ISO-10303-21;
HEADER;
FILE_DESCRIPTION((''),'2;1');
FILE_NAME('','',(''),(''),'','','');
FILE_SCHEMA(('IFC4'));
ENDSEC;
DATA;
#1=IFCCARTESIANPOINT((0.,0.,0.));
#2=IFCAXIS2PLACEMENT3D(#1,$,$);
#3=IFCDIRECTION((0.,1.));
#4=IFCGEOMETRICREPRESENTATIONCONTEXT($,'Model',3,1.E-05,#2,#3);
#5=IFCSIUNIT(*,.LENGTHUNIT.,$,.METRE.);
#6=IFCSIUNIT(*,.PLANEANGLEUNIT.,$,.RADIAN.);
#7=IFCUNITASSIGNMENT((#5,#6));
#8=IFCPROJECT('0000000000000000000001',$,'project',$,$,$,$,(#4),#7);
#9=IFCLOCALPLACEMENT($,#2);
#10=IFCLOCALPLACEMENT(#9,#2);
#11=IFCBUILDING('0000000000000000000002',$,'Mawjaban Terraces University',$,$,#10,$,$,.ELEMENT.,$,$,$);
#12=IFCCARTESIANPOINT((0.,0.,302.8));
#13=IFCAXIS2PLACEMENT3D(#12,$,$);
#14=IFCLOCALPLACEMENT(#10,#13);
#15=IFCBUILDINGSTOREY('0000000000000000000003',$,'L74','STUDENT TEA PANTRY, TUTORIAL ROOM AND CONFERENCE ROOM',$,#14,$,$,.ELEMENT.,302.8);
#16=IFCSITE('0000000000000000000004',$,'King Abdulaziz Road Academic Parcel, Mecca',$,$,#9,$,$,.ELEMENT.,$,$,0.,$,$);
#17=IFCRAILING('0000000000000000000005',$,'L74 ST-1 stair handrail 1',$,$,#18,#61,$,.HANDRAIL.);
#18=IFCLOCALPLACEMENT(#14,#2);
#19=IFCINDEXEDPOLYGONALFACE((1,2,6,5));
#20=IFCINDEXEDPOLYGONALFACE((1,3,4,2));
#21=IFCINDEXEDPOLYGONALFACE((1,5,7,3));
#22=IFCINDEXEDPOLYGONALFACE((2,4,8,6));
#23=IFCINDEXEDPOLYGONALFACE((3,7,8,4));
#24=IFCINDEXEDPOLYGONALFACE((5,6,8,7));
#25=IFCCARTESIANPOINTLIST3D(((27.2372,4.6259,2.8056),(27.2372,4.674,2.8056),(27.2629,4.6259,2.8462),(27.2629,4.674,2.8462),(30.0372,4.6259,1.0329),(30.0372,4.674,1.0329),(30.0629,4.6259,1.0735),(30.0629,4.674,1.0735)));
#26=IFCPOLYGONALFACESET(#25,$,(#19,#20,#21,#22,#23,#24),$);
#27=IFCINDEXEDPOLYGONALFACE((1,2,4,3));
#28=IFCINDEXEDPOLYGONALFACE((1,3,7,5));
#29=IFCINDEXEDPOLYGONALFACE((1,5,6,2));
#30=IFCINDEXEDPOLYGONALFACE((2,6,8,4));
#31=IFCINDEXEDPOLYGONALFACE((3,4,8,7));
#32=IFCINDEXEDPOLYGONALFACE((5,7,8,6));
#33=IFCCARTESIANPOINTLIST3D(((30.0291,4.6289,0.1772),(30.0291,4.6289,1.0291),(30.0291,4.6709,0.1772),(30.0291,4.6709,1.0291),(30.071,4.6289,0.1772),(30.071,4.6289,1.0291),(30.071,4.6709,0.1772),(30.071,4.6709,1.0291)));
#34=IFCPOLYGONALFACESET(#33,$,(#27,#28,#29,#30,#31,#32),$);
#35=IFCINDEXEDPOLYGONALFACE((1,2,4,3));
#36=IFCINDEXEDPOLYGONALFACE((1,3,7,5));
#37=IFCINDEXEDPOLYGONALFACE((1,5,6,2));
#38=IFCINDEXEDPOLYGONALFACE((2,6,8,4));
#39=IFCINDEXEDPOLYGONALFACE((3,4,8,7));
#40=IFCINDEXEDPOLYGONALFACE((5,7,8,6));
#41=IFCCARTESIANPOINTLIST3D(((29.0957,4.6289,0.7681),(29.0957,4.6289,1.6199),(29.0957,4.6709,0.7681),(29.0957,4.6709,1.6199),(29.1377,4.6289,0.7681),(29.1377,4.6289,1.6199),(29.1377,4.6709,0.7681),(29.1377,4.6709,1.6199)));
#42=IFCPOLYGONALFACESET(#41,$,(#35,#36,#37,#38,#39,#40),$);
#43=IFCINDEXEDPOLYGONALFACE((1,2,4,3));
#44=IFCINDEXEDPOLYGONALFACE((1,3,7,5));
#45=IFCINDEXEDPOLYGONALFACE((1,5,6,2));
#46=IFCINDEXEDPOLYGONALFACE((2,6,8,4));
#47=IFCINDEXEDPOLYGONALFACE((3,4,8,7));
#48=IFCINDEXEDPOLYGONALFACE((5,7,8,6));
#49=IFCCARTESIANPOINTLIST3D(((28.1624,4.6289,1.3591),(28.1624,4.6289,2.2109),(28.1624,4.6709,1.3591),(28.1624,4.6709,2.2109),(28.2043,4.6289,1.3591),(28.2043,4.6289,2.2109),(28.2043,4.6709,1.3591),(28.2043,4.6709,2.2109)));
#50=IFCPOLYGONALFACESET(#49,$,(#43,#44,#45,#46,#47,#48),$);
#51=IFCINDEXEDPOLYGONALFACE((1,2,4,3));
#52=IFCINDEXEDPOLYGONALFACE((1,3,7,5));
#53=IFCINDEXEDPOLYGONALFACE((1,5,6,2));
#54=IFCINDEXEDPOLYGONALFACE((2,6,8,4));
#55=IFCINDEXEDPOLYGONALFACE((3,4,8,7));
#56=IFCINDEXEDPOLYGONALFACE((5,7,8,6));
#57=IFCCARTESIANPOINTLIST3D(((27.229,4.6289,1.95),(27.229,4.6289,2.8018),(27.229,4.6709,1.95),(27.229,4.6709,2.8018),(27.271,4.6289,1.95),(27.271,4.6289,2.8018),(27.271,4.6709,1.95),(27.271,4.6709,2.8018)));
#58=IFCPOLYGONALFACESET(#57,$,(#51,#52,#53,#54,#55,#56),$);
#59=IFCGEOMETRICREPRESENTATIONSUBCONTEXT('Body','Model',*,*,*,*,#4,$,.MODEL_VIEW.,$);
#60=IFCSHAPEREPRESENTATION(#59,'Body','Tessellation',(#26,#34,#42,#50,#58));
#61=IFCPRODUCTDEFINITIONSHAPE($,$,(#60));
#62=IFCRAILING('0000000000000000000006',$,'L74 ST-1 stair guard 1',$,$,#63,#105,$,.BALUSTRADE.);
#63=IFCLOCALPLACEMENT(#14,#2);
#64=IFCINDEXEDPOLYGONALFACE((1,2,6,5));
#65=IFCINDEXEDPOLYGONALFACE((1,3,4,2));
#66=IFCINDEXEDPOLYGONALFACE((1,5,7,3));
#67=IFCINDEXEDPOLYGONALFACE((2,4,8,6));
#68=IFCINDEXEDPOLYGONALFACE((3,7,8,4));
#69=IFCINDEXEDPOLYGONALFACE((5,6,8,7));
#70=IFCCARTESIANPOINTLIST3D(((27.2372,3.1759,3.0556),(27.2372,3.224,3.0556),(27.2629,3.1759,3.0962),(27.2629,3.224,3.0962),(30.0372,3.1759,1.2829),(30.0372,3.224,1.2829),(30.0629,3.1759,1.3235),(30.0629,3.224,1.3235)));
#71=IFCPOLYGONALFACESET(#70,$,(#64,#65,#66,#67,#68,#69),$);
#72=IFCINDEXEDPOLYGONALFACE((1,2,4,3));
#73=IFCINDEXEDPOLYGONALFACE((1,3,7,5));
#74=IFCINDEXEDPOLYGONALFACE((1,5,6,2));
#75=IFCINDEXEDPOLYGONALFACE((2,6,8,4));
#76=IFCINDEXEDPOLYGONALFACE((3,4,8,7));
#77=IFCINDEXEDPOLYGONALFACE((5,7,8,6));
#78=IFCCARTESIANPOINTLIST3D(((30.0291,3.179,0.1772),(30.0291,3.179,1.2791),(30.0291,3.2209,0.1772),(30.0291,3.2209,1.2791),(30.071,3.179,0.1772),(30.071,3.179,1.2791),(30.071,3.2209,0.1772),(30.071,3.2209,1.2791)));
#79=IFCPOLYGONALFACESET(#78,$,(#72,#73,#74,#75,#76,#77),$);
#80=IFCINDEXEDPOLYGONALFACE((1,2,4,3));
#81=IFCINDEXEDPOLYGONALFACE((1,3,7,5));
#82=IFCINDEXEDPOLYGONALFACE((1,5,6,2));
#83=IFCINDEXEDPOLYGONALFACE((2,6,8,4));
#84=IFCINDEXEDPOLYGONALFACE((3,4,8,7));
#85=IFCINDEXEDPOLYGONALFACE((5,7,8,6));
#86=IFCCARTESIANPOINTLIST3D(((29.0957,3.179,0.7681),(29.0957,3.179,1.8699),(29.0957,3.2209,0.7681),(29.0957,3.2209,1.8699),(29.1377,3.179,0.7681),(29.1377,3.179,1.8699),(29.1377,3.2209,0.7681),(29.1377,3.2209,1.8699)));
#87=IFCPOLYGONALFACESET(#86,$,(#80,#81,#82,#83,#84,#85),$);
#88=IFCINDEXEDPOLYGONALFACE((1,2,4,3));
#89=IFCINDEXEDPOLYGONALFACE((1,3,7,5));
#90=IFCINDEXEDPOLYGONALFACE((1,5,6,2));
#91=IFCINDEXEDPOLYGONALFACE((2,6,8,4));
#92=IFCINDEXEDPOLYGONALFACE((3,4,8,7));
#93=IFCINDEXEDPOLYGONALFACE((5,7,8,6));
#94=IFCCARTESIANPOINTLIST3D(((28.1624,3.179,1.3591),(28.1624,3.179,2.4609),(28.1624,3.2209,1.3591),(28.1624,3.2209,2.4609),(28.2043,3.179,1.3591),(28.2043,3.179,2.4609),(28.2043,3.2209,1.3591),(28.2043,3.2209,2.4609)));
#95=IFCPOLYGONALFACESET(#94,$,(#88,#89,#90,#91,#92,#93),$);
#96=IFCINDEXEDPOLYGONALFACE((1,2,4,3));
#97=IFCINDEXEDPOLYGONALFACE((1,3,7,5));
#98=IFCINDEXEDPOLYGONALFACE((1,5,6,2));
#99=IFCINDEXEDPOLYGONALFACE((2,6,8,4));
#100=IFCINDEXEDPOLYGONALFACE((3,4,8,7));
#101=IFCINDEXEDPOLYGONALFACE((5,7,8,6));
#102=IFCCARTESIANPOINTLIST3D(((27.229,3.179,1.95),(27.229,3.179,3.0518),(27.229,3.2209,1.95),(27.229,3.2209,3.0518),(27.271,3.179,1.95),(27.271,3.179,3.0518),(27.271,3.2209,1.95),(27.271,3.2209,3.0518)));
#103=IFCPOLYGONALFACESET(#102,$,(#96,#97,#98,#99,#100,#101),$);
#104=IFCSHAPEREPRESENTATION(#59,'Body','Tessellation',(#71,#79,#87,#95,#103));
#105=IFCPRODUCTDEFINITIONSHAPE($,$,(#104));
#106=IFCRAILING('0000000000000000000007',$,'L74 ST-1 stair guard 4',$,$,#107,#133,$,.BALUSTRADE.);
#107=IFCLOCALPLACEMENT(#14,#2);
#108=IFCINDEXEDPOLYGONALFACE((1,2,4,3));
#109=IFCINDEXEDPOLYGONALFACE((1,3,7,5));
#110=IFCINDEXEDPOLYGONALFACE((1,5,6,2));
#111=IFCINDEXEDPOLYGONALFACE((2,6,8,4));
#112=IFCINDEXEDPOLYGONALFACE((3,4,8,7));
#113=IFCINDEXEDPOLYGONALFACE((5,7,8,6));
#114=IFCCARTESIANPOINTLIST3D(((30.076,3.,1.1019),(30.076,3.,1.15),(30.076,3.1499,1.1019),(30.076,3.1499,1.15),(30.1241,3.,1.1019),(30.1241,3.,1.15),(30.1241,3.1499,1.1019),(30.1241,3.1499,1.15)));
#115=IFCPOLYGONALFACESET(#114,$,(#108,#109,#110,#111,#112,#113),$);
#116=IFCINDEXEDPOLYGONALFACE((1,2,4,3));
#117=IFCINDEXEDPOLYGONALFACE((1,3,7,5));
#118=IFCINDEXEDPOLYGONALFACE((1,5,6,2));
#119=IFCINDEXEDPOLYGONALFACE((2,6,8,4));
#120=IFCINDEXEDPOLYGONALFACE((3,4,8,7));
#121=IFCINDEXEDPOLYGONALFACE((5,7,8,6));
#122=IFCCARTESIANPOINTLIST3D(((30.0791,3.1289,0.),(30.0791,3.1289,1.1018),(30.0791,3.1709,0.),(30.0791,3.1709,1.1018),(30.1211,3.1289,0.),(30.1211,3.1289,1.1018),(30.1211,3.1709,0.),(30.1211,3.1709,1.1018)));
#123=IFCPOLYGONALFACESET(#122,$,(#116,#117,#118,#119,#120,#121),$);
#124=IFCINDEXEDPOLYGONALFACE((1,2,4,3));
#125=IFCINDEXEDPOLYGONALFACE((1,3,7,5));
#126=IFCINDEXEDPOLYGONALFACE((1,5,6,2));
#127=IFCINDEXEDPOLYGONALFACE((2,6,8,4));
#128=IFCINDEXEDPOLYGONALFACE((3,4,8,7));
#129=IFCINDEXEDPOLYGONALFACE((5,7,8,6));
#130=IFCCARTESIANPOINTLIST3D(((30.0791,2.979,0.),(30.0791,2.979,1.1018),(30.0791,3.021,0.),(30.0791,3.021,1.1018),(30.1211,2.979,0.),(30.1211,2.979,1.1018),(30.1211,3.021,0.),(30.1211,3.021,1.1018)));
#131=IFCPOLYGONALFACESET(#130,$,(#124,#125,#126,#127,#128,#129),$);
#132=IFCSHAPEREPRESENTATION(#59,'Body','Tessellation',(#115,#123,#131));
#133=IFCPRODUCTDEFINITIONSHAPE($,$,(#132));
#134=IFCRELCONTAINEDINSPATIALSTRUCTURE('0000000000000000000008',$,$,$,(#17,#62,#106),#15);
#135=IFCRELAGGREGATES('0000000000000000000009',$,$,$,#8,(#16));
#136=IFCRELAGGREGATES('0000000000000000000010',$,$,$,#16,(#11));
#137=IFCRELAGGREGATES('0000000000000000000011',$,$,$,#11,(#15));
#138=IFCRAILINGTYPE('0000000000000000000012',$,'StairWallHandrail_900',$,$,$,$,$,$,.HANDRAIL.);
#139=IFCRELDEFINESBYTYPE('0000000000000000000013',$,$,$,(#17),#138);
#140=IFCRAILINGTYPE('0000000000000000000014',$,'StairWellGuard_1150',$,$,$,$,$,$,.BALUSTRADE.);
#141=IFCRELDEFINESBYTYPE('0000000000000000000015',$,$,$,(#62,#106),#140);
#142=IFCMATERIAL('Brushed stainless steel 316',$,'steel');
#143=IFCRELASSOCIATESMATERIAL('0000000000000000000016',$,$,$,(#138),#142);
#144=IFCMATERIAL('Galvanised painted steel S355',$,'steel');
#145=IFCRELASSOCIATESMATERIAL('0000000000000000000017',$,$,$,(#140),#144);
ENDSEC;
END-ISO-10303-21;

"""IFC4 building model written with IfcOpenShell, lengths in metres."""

from ifc_helpers import new_model, si_unit, direction, frame, origin, origin_2d, place, context, subcontext, project, spatial, rectangle, extrude, material, type_object, element, save


model = new_model("IFC4")

# Units and contexts
model_context = context("Model", 3, precision=1e-05, world=origin(), true_north=direction((0.0, 1.0)))
body_context = subcontext(model_context, "Body", "Model", "MODEL_VIEW")
ifc_project = project(units=[si_unit("LENGTHUNIT", "METRE"), si_unit("PLANEANGLEUNIT", "RADIAN")], contexts=[model_context])

# Site, building, storey
site_placement = place(None, origin())
site = spatial("IfcSite", under=ifc_project, at=site_placement, Name="King Abdulaziz Road Academic Parcel, Mecca", CompositionType="ELEMENT", RefElevation=0.0)
building_placement = place(site_placement, origin())
building = spatial("IfcBuilding", under=site, at=building_placement, Name="Mawjaban Terraces University", CompositionType="ELEMENT")
storey_placement = place(building_placement, frame((0.0, 0.0, 302.8)))
storey = spatial("IfcBuildingStorey", under=building, at=storey_placement, Name="L74", Description="STUDENT TEA PANTRY, TUTORIAL ROOM AND CONFERENCE ROOM", CompositionType="ELEMENT", Elevation=302.8)

# Railings
ifc_material_1 = material(Name="Brushed stainless steel 316", Category="steel")
railing_type_1 = type_object("IfcRailingType", Name="StairWallHandrail_900", PredefinedType="HANDRAIL", material=ifc_material_1)
railing_1_placement = place(storey_placement, frame((30.05, 4.6499, 0.1772)))
element("IfcRailing", 1, at=railing_1_placement, inside=storey, type_object=railing_type_1, Name="L74 ST-1 stair handrail 1", PredefinedType="HANDRAIL", context=body_context, shape_type="SweptSolid", body=[
    extrude(rectangle(XDim=0.0481, YDim=0.0481, at=origin_2d()), frame((0.0, 0.0, 0.876), z_axis=(-0.844909, 0.0, 0.53491), x_axis=(0.0, -1.0, 0.0)), (0.0, 0.0, 1.0), 3.314),
    extrude(rectangle(XDim=0.042, YDim=0.042, at=origin_2d()), origin(), (0.0, 0.0, 1.0), 0.8518),
    extrude(rectangle(XDim=0.042, YDim=0.042, at=origin_2d()), frame((-0.9333, 0.0, 0.5908)), (0.0, 0.0, 1.0), 0.8518),
    extrude(rectangle(XDim=0.042, YDim=0.042, at=origin_2d()), frame((-1.8667, 0.0, 1.1819)), (0.0, 0.0, 1.0), 0.8518),
    extrude(rectangle(XDim=0.042, YDim=0.042, at=origin_2d()), frame((-2.8, 0.0, 1.7727)), (0.0, 0.0, 1.0), 0.8518),
])
ifc_material_2 = material(Name="Galvanised painted steel S355", Category="steel")
railing_type_2 = type_object("IfcRailingType", Name="StairWellGuard_1150", PredefinedType="BALUSTRADE", material=ifc_material_2)
railing_2_placement = place(storey_placement, frame((30.05, 3.2, 0.1772)))
element("IfcRailing", 2, at=railing_2_placement, inside=storey, type_object=railing_type_2, Name="L74 ST-1 stair guard 1", PredefinedType="BALUSTRADE", context=body_context, shape_type="SweptSolid", body=[
    extrude(rectangle(XDim=0.0481, YDim=0.0481, at=origin_2d()), frame((0.0, 0.0, 1.126), z_axis=(-0.844909, 0.0, 0.53491), x_axis=(0.0, -1.0, 0.0)), (0.0, 0.0, 1.0), 3.314),
    extrude(rectangle(XDim=0.042, YDim=0.042, at=origin_2d()), origin(), (0.0, 0.0, 1.0), 1.1018),
    extrude(rectangle(XDim=0.042, YDim=0.042, at=origin_2d()), frame((-0.9333, 0.0, 0.5908)), (0.0, 0.0, 1.0), 1.1018),
    extrude(rectangle(XDim=0.042, YDim=0.042, at=origin_2d()), frame((-1.8667, 0.0, 1.1819)), (0.0, 0.0, 1.0), 1.1018),
    extrude(rectangle(XDim=0.042, YDim=0.042, at=origin_2d()), frame((-2.8, 0.0, 1.7727)), (0.0, 0.0, 1.0), 1.1018),
])
railing_3_placement = place(storey_placement, frame((30.1001, 3.1499, 0.0)))
element("IfcRailing", 3, at=railing_3_placement, inside=storey, type_object=railing_type_2, Name="L74 ST-1 stair guard 4", PredefinedType="BALUSTRADE", context=body_context, shape_type="SweptSolid", body=[
    extrude(rectangle(XDim=0.0481, YDim=0.0481, at=origin_2d()), frame((0.0, 0.0, 1.126), z_axis=(0.0, -1.0, 0.0), x_axis=(1.0, 0.0, 0.0)), (0.0, 0.0, 1.0), 0.1499),
    extrude(rectangle(XDim=0.042, YDim=0.042, at=origin_2d()), origin(), (0.0, 0.0, 1.0), 1.1018),
    extrude(rectangle(XDim=0.042, YDim=0.042, at=origin_2d()), frame((0.0, -0.1499, 0.0)), (0.0, 0.0, 1.0), 1.1018),
])

save(model, "model.ifc")
